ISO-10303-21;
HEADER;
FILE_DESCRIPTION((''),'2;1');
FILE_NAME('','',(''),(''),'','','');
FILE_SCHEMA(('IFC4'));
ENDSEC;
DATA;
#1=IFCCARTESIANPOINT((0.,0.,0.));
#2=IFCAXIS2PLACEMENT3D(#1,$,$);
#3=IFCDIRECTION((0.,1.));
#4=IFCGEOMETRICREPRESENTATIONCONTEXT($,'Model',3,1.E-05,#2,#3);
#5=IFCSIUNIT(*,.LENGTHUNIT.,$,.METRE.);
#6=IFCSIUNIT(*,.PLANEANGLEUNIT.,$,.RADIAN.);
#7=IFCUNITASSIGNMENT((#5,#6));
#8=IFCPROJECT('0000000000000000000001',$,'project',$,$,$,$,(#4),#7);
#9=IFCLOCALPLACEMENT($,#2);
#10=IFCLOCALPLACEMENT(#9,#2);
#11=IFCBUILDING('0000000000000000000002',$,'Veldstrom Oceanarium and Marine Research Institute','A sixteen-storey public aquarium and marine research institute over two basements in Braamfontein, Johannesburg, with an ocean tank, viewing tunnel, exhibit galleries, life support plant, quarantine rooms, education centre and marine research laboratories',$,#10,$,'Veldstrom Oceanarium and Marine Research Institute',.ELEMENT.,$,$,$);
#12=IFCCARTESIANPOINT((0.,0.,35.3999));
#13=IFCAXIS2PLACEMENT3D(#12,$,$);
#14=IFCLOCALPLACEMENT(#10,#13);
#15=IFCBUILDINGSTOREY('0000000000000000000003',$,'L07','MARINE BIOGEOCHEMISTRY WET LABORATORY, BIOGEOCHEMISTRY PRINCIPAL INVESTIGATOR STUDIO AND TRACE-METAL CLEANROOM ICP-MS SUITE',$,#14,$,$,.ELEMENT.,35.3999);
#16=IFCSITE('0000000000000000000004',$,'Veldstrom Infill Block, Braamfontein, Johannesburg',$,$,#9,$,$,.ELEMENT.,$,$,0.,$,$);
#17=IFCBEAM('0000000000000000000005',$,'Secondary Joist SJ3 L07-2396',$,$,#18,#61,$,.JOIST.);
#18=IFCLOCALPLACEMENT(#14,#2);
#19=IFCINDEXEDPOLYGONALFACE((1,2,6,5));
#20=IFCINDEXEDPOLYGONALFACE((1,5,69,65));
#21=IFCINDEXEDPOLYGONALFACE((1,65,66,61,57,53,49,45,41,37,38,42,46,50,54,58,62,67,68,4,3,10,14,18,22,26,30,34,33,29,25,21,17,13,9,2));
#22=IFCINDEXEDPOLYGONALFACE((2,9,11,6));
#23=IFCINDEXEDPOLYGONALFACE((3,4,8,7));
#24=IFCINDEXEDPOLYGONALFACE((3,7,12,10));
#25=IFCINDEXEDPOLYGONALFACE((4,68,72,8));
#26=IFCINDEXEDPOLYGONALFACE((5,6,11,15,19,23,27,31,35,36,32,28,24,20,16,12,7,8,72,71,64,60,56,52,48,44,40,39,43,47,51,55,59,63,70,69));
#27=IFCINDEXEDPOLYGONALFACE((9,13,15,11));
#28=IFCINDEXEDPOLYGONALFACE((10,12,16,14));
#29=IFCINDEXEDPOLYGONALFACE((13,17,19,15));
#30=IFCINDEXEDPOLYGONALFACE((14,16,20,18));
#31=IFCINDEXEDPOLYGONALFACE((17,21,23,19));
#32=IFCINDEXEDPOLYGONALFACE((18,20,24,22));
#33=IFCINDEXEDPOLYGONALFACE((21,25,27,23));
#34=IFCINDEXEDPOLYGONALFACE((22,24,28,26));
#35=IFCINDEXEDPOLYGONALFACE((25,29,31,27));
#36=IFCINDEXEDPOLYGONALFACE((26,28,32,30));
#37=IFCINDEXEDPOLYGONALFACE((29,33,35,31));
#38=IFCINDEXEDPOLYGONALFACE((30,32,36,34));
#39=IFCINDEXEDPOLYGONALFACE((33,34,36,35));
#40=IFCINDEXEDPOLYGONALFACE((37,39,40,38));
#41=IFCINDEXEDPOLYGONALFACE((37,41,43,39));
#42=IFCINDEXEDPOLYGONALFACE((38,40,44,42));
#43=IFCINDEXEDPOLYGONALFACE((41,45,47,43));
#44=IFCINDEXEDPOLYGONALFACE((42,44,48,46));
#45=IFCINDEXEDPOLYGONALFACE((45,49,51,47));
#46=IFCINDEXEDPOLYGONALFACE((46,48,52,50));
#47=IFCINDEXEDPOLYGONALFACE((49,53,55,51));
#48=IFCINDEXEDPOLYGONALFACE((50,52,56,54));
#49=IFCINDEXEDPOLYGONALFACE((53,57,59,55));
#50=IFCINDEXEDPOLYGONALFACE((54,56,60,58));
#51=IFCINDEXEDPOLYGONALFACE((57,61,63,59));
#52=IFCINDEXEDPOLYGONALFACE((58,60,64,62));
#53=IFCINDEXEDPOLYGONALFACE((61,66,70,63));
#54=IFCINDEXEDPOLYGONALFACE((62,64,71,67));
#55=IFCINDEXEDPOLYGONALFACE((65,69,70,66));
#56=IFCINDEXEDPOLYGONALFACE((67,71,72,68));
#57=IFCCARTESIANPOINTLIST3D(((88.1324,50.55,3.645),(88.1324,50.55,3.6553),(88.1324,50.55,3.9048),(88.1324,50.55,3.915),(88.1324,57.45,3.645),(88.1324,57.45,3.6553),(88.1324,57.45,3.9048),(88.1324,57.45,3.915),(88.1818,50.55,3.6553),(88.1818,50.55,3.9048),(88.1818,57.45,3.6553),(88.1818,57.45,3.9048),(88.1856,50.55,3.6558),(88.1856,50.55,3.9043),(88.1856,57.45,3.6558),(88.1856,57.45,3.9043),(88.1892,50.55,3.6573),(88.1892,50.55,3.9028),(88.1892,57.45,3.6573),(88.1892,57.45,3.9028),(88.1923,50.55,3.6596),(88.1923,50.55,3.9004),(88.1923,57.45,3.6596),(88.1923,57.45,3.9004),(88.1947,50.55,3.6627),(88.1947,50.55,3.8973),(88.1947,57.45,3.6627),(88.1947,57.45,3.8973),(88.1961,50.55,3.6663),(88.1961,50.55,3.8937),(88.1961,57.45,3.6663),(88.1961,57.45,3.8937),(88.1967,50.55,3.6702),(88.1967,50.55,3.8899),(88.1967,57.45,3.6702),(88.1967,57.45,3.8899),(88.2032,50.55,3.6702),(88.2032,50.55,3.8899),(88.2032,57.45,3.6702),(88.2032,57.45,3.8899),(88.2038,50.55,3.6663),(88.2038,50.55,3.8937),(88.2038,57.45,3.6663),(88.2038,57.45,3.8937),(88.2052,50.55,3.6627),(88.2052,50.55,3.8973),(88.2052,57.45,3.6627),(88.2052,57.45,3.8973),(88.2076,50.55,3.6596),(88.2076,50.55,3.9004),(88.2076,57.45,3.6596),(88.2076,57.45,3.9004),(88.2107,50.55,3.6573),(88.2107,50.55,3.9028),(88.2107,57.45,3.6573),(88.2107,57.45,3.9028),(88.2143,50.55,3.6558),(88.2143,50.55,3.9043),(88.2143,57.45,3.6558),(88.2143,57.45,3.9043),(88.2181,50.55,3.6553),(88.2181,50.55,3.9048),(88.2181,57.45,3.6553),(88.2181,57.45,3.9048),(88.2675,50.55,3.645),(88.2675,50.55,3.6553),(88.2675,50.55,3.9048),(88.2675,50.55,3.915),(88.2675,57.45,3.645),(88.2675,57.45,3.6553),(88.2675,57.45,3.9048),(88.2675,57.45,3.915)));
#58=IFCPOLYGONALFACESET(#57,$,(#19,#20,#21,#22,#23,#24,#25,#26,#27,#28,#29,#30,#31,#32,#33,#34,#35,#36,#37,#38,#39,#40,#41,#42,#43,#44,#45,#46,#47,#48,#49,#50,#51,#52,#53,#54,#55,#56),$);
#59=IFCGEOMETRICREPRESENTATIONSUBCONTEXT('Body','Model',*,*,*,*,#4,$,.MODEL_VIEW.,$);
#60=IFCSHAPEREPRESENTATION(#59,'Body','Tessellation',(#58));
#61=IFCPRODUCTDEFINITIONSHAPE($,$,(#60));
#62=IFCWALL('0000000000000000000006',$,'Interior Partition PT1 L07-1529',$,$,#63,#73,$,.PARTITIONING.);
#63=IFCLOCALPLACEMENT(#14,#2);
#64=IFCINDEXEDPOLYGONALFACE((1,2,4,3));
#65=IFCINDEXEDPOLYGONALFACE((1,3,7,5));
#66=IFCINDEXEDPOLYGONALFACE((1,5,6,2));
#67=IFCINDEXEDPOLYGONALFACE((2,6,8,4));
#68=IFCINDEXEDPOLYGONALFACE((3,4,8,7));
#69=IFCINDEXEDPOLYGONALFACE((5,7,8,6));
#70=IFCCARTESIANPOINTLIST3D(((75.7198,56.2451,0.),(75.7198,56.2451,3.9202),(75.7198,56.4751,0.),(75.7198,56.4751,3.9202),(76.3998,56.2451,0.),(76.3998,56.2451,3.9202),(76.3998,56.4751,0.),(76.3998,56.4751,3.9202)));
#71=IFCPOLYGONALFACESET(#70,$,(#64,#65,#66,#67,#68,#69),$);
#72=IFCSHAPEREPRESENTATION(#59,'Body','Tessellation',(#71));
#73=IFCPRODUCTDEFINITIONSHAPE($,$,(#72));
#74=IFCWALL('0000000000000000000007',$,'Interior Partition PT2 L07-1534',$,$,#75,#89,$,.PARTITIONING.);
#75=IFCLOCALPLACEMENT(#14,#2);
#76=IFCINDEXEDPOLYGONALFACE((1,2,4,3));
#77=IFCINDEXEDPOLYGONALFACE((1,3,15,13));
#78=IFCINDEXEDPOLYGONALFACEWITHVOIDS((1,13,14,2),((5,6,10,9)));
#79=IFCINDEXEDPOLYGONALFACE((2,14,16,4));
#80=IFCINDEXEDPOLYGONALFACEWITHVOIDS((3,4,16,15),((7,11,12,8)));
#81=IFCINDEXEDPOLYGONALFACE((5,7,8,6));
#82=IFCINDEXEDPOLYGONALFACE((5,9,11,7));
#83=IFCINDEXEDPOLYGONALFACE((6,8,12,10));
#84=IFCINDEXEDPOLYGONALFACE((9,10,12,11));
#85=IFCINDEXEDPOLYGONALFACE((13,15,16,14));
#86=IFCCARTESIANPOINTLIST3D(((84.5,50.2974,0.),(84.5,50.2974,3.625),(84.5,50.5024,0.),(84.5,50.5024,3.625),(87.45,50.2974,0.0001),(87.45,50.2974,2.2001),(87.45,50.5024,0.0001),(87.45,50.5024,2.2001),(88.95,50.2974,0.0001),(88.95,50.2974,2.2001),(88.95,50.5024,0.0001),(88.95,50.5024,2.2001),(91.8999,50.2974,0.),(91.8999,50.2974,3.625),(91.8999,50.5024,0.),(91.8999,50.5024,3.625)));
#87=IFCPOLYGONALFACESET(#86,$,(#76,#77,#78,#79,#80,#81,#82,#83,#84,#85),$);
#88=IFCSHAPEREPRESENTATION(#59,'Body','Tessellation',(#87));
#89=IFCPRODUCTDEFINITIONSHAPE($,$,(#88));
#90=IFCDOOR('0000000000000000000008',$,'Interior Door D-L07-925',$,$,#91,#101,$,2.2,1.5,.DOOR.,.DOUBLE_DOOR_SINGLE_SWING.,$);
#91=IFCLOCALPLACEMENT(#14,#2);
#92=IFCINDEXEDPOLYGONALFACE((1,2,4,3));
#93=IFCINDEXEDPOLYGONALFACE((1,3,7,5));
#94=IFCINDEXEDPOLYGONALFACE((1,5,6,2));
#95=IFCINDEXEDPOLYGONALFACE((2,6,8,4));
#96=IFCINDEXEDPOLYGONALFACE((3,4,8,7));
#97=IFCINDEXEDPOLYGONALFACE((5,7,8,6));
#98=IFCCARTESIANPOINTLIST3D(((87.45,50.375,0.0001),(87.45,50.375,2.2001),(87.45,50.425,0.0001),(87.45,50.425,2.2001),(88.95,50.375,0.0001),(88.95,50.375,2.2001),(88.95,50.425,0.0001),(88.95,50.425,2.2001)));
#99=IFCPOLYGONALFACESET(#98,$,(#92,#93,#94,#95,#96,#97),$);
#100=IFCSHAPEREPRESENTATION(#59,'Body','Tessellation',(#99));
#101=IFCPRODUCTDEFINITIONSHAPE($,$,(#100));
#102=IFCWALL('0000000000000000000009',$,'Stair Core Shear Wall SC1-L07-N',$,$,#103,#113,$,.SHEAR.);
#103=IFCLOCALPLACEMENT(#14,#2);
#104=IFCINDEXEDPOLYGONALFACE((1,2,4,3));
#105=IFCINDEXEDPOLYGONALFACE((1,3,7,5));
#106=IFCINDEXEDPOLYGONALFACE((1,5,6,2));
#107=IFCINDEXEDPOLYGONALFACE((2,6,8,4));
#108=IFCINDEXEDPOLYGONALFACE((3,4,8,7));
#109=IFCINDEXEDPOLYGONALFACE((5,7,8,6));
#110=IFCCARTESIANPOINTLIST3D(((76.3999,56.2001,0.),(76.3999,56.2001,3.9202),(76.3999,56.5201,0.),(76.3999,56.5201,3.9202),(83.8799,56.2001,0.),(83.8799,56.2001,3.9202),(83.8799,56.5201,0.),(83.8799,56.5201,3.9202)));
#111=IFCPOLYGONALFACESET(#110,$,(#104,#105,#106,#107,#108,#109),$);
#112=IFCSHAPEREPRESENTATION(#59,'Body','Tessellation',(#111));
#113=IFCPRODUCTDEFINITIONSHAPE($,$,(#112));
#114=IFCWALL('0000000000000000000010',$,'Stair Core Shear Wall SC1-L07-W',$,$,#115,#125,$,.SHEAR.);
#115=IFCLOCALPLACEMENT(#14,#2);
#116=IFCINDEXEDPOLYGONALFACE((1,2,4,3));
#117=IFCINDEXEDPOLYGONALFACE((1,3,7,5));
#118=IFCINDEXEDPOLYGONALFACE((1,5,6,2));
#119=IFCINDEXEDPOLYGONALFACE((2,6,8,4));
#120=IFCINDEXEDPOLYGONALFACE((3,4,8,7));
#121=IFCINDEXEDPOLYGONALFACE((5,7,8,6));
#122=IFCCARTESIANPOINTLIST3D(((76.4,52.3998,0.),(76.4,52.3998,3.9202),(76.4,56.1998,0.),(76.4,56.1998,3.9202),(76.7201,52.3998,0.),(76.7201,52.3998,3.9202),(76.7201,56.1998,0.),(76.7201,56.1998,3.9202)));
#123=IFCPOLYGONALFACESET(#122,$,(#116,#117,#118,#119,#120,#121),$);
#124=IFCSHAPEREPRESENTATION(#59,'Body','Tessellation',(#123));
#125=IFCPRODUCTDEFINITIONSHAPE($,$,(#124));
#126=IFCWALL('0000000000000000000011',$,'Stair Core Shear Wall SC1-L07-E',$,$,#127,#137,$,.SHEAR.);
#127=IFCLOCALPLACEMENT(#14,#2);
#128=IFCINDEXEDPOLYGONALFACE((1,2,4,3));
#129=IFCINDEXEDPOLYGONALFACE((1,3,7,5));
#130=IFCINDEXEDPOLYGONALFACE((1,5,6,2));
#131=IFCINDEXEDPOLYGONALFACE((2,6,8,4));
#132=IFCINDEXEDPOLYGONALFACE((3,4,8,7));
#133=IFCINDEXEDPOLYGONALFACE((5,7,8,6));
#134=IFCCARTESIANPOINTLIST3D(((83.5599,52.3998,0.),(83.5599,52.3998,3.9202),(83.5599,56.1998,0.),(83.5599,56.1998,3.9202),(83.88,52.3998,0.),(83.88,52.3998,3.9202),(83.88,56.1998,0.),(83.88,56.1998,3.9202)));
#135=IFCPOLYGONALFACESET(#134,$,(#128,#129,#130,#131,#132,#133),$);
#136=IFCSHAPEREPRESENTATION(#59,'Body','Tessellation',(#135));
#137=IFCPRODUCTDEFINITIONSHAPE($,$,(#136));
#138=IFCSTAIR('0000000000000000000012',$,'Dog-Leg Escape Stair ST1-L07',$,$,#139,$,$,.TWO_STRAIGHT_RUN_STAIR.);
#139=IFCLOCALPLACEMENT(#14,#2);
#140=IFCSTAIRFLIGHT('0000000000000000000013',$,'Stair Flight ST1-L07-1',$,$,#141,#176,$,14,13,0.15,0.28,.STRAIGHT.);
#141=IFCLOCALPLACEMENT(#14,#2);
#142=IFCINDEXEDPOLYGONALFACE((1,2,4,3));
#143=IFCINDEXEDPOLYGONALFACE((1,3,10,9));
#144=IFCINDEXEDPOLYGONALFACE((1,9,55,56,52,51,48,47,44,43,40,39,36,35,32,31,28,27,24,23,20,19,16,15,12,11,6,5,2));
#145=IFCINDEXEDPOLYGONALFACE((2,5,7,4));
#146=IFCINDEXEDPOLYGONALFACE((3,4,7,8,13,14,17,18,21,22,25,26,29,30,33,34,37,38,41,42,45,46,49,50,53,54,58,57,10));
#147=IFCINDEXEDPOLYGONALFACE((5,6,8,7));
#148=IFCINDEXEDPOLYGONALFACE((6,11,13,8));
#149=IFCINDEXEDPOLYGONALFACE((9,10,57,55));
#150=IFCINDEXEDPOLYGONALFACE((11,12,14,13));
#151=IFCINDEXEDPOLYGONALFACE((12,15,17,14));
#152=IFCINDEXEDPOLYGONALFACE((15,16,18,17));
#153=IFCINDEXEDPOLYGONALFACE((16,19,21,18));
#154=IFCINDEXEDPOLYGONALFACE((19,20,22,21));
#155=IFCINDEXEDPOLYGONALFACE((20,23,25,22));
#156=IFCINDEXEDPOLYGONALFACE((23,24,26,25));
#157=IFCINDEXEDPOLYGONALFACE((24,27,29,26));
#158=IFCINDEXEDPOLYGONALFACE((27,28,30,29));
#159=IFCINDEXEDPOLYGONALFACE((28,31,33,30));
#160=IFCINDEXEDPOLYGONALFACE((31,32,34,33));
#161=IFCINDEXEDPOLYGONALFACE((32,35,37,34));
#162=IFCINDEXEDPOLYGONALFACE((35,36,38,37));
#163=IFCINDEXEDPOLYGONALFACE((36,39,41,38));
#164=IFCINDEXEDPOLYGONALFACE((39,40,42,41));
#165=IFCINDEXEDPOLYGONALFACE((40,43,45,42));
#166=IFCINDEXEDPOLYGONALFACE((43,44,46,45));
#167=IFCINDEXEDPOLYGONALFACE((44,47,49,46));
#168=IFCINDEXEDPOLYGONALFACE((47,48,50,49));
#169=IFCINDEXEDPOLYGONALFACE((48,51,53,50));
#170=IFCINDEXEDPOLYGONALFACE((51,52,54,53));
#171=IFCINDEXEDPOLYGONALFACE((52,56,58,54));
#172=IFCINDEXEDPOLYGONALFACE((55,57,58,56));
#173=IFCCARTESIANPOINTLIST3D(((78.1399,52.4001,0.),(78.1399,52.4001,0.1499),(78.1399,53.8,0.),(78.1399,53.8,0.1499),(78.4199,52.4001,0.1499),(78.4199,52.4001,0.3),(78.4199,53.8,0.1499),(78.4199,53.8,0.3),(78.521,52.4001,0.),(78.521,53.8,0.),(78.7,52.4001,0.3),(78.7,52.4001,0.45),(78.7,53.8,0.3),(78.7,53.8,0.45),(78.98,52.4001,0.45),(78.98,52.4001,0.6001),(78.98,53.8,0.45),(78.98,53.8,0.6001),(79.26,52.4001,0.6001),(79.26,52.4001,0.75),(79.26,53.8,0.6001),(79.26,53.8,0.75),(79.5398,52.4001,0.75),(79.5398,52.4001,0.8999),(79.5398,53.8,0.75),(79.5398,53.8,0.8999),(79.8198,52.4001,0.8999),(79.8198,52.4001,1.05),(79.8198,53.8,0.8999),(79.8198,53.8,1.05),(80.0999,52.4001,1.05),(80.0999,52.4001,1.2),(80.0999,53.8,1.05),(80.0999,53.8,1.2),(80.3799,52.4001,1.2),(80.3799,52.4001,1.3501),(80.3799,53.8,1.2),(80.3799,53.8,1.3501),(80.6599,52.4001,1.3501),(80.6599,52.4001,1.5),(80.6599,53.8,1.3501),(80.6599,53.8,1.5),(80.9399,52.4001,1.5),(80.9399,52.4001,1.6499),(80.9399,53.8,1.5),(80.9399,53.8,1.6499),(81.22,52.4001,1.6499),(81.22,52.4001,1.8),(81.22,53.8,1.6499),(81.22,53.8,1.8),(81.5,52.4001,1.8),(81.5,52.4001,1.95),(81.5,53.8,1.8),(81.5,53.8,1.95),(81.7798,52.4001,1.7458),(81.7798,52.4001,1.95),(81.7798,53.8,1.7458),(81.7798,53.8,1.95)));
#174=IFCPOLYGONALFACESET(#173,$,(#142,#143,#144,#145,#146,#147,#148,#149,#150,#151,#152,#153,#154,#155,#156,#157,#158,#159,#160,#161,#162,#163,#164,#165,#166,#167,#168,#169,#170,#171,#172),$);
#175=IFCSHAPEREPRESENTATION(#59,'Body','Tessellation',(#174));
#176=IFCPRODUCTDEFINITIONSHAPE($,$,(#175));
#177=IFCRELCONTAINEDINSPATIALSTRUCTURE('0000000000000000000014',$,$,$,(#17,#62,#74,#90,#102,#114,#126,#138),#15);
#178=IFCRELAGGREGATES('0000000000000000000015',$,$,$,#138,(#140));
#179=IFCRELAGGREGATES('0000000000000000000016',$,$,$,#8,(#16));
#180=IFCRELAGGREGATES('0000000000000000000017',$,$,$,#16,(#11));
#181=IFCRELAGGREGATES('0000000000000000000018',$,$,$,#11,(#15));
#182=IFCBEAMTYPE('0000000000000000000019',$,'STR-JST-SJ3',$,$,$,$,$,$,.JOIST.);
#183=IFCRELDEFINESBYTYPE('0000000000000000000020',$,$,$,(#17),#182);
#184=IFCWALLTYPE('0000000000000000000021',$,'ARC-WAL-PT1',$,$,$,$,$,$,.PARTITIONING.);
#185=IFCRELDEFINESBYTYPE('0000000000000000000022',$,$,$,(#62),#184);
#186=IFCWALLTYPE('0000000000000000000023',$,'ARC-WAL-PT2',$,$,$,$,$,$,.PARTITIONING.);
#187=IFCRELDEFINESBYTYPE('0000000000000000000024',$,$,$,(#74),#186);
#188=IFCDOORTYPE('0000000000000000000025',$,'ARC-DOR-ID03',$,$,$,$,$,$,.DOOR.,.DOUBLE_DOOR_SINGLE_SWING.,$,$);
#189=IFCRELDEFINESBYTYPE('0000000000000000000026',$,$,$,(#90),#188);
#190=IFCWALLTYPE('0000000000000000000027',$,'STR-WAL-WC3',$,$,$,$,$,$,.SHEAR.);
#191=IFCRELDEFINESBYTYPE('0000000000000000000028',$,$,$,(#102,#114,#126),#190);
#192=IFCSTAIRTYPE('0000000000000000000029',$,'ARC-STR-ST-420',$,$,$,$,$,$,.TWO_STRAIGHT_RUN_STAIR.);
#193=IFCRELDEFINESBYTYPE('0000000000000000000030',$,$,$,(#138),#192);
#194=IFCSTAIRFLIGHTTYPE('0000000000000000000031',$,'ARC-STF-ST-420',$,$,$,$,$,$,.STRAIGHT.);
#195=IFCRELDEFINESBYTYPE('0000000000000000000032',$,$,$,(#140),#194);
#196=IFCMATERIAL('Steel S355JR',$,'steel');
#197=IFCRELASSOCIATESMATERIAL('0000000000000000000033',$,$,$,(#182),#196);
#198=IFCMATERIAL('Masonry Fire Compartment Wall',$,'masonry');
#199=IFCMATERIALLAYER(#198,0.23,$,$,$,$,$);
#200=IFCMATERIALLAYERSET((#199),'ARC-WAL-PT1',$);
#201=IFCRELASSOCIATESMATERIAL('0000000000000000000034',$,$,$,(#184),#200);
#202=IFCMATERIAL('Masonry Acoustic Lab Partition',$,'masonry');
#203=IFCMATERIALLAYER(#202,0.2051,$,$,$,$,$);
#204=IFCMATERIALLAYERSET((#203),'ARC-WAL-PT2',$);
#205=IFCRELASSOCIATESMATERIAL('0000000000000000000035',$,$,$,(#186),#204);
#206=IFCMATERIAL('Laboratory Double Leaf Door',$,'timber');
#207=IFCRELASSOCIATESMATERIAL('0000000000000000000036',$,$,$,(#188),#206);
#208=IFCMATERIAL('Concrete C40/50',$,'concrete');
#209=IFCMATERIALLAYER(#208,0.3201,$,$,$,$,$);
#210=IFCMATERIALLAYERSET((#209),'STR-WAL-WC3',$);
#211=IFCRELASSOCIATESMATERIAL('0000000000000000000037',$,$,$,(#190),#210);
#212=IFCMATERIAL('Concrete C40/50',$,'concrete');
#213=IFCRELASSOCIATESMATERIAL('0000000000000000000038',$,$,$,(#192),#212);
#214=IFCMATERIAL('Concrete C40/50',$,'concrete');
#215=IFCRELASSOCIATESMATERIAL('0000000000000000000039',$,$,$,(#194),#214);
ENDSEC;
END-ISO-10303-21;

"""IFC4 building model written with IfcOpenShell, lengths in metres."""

from ifc_helpers import new_model, si_unit, direction, frame, frame_2d, origin, origin_2d, place, context, subcontext, project, spatial, polyline, rectangle, i_section, outline, extrude, material, layer, layer_set, material_profile, profile_set, type_object, element, fill, aggregate, save


model = new_model("IFC4")

# Units and contexts
model_context = context("Model", 3, precision=1e-05, world=origin(), true_north=direction((0.0, 1.0)))
body_context = subcontext(model_context, "Body", "Model", "MODEL_VIEW")
ifc_project = project(units=[si_unit("LENGTHUNIT", "METRE"), si_unit("PLANEANGLEUNIT", "RADIAN")], contexts=[model_context])

# Site, building, storey
site_placement = place(None, origin())
site = spatial("IfcSite", under=ifc_project, at=site_placement, Name="Veldstrom Infill Block, Braamfontein, Johannesburg", CompositionType="ELEMENT", RefElevation=0.0)
building_placement = place(site_placement, origin())
building = spatial("IfcBuilding", under=site, at=building_placement, Name="Veldstrom Oceanarium and Marine Research Institute", Description="A sixteen-storey public aquarium and marine research institute over two basements in Braamfontein, Johannesburg, with an ocean tank, viewing tunnel, exhibit galleries, life support plant, quarantine rooms, education centre and marine research laboratories", LongName="Veldstrom Oceanarium and Marine Research Institute", CompositionType="ELEMENT")
storey_placement = place(building_placement, frame((0.0, 0.0, 35.3999)))
storey = spatial("IfcBuildingStorey", under=building, at=storey_placement, Name="L07", Description="MARINE BIOGEOCHEMISTRY WET LABORATORY, BIOGEOCHEMISTRY PRINCIPAL INVESTIGATOR STUDIO AND TRACE-METAL CLEANROOM ICP-MS SUITE", CompositionType="ELEMENT", Elevation=35.3999)

# Beam
ifc_material_1 = material(Name="Steel S355JR", Category="steel")
ifc_material_profile_1 = material_profile(ifc_material_1, i_section(OverallWidth=0.135, OverallDepth=0.27, WebThickness=0.0066, FlangeThickness=0.0103, FilletRadius=0.0149, at=origin_2d()), Name="IPE 270")
ifc_profile_set_1 = profile_set([ifc_material_profile_1], Name="Steel S355JR")
beam_type_1 = type_object("IfcBeamType", Name="STR-JST-SJ3", PredefinedType="JOIST", material=ifc_profile_set_1)
beam_1_placement = place(storey_placement, frame((88.2, 50.55, 3.78), z_axis=(0.0, 1.0, 0.0), x_axis=(-1.0, 0.0, 0.0)))
element("IfcBeam", 1, at=beam_1_placement, inside=storey, type_object=beam_type_1, Name="Secondary Joist SJ3 L07-2396", PredefinedType="JOIST", context=body_context, shape_type="SweptSolid", body=[
    extrude(i_section(OverallWidth=0.135, OverallDepth=0.27, WebThickness=0.0066, FlangeThickness=0.0103, FilletRadius=0.0149, at=origin_2d()), origin(), (0.0, 0.0, 1.0), 6.8999),
])

# Shared definitions
ifc_material_2 = material(Name="Masonry Fire Compartment Wall", Category="masonry")
ifc_layer_1 = layer(ifc_material_2, 0.23)
ifc_layer_set_1 = layer_set([ifc_layer_1], Name="ARC-WAL-PT1")
wall_type_1 = type_object("IfcWallType", Name="ARC-WAL-PT1", PredefinedType="PARTITIONING", material=ifc_layer_set_1)

# Wall
wall_1_placement = place(storey_placement, frame((75.72, 56.3601, 0.0), z_axis=(0.0, 0.0, 1.0), x_axis=(1.0, 0.0, 0.0)))
element("IfcWall", 2, at=wall_1_placement, inside=storey, type_object=wall_type_1, Name="Interior Partition PT1 L07-1529", PredefinedType="PARTITIONING", context=body_context, shape_type="SweptSolid", body=[
    extrude(rectangle(XDim=0.6799, YDim=0.23, at=frame_2d((0.3398, 0.0))), origin(), (0.0, 0.0, 1.0), 3.9202),
])

# Wall, opening, door
ifc_material_3 = material(Name="Masonry Acoustic Lab Partition", Category="masonry")
ifc_layer_2 = layer(ifc_material_3, 0.2051)
ifc_layer_set_2 = layer_set([ifc_layer_2], Name="ARC-WAL-PT2")
wall_type_2 = type_object("IfcWallType", Name="ARC-WAL-PT2", PredefinedType="PARTITIONING", material=ifc_layer_set_2)
wall_2_placement = place(storey_placement, frame((84.5, 50.3999, 0.0), z_axis=(0.0, 0.0, 1.0), x_axis=(1.0, 0.0, 0.0)))
wall_2 = element("IfcWall", 3, at=wall_2_placement, inside=storey, type_object=wall_type_2, Name="Interior Partition PT2 L07-1534", PredefinedType="PARTITIONING", context=body_context, shape_type="SweptSolid", body=[
    extrude(rectangle(XDim=7.3999, YDim=0.2051, at=frame_2d((3.7, 0.0))), origin(), (0.0, 0.0, 1.0), 3.625),
])
opening_1_placement = place(wall_2_placement, frame((2.95, 0.0, 0.0)))
opening_1 = element("IfcOpeningElement", 4, at=opening_1_placement, cuts=wall_2, PredefinedType="OPENING", context=body_context, shape_type="SweptSolid", body=[
    extrude(rectangle(XDim=1.5, YDim=2.2, at=frame_2d((0.75, 1.1001))), frame((0.0, 0.1125, 0.0), z_axis=(0.0, -1.0, 0.0), x_axis=(1.0, 0.0, 0.0)), (0.0, 0.0, 1.0), 0.2251),
])
ifc_material_4 = material(Name="Laboratory Double Leaf Door", Category="timber")
door_type_1 = type_object("IfcDoorType", Name="ARC-DOR-ID03", OperationType="DOUBLE_DOOR_SINGLE_SWING", PredefinedType="DOOR", material=ifc_material_4)
door_1_placement = place(opening_1_placement, frame((1.5, 0.0, 0.0), z_axis=(0.0, 0.0, 1.0), x_axis=(-1.0, 0.0, 0.0)))
door_1 = element("IfcDoor", 5, at=door_1_placement, inside=storey, type_object=door_type_1, Name="Interior Door D-L07-925", OperationType="DOUBLE_DOOR_SINGLE_SWING", OverallHeight=2.2, OverallWidth=1.5, PredefinedType="DOOR", context=body_context, shape_type="SweptSolid", body=[
    extrude(rectangle(XDim=1.5, YDim=2.2, at=frame_2d((0.75, 1.1001))), frame((0.0, 0.0249, 0.0), z_axis=(0.0, -1.0, 0.0), x_axis=(1.0, 0.0, 0.0)), (0.0, 0.0, 1.0), 0.05),
])
fill(opening_1, door_1)
ifc_material_5 = material(Name="Concrete C40/50", Category="concrete")
ifc_layer_3 = layer(ifc_material_5, 0.3201)
ifc_layer_set_3 = layer_set([ifc_layer_3], Name="STR-WAL-WC3")
wall_type_3 = type_object("IfcWallType", Name="STR-WAL-WC3", PredefinedType="SHEAR", material=ifc_layer_set_3)

# Walls
wall_3_placement = place(storey_placement, frame((76.3999, 56.3601, 0.0), z_axis=(0.0, 0.0, 1.0), x_axis=(1.0, 0.0, 0.0)))
element("IfcWall", 6, at=wall_3_placement, inside=storey, type_object=wall_type_3, Name="Stair Core Shear Wall SC1-L07-N", PredefinedType="SHEAR", context=body_context, shape_type="SweptSolid", body=[
    extrude(rectangle(XDim=7.48, YDim=0.3201, at=frame_2d((3.74, 0.0))), origin(), (0.0, 0.0, 1.0), 3.9202),
])
for number, where, z_axis, x_axis, name in (
    (7, (76.5601, 52.3999, 0.0), (0.0, 0.0, 1.0), (0.0, 1.0, 0.0), "Stair Core Shear Wall SC1-L07-W"),
    (8, (83.72, 52.3999, 0.0), (0.0, 0.0, 1.0), (0.0, 1.0, 0.0), "Stair Core Shear Wall SC1-L07-E"),
):
    element("IfcWall", number, at=place(storey_placement, frame(where, z_axis=z_axis, x_axis=x_axis)), inside=storey, type_object=wall_type_3, Name=name, PredefinedType="SHEAR", context=body_context, shape_type="SweptSolid", body=[
        extrude(rectangle(XDim=3.8, YDim=0.3201, at=frame_2d((1.8999, 0.0))), origin(), (0.0, 0.0, 1.0), 3.9202),
    ])

# Stair, stair flight
ifc_material_6 = material(Name="Concrete C40/50", Category="concrete")
stair_type = type_object("IfcStairType", Name="ARC-STR-ST-420", PredefinedType="TWO_STRAIGHT_RUN_STAIR", material=ifc_material_6)
stair_placement = place(storey_placement, origin())
stair = element("IfcStair", 9, at=stair_placement, inside=storey, type_object=stair_type, Name="Dog-Leg Escape Stair ST1-L07", PredefinedType="TWO_STRAIGHT_RUN_STAIR")
ifc_material_7 = material(Name="Concrete C40/50", Category="concrete")
stair_flight_type = type_object("IfcStairFlightType", Name="ARC-STF-ST-420", PredefinedType="STRAIGHT", material=ifc_material_7)
stair_flight_1_placement = place(storey_placement, frame((78.1399, 53.1001, 0.0), z_axis=(0.0, 0.0, 1.0), x_axis=(1.0, 0.0, 0.0)))
stair_flight_1 = element("IfcStairFlight", 10, at=stair_flight_1_placement, type_object=stair_flight_type, Name="Stair Flight ST1-L07-1", NumberOfRisers=14, NumberOfTreads=13, PredefinedType="STRAIGHT", RiserHeight=0.15, TreadLength=0.28, context=body_context, shape_type="SweptSolid", body=[
    extrude(outline(polyline([(0.0, 0.0), (0.0, 0.1499), (0.28, 0.1499), (0.28, 0.3), (0.5601, 0.3), (0.5601, 0.45), (0.8401, 0.45), (0.8401, 0.6001), (1.1201, 0.6001), (1.1201, 0.75), (1.3999, 0.75), (1.3999, 0.8999), (1.6799, 0.8999), (1.6799, 1.05), (1.96, 1.05), (1.96, 1.2), (2.24, 1.2), (2.24, 1.3501), (2.52, 1.3501), (2.52, 1.5), (2.8, 1.5), (2.8, 1.6499), (3.0801, 1.6499), (3.0801, 1.8), (3.3601, 1.8), (3.3601, 1.95), (3.6399, 1.95), (3.6399, 2.1001), (3.6399, 1.7458), (0.3811, 0.0), (0.0, 0.0)])), frame((0.0, 0.7, 0.0), z_axis=(0.0, -1.0, 0.0), x_axis=(1.0, 0.0, 0.0)), (0.0, 0.0, 1.0), 1.3999),
])
aggregate(stair, [stair_flight_1])

save(model, "model.ifc")
